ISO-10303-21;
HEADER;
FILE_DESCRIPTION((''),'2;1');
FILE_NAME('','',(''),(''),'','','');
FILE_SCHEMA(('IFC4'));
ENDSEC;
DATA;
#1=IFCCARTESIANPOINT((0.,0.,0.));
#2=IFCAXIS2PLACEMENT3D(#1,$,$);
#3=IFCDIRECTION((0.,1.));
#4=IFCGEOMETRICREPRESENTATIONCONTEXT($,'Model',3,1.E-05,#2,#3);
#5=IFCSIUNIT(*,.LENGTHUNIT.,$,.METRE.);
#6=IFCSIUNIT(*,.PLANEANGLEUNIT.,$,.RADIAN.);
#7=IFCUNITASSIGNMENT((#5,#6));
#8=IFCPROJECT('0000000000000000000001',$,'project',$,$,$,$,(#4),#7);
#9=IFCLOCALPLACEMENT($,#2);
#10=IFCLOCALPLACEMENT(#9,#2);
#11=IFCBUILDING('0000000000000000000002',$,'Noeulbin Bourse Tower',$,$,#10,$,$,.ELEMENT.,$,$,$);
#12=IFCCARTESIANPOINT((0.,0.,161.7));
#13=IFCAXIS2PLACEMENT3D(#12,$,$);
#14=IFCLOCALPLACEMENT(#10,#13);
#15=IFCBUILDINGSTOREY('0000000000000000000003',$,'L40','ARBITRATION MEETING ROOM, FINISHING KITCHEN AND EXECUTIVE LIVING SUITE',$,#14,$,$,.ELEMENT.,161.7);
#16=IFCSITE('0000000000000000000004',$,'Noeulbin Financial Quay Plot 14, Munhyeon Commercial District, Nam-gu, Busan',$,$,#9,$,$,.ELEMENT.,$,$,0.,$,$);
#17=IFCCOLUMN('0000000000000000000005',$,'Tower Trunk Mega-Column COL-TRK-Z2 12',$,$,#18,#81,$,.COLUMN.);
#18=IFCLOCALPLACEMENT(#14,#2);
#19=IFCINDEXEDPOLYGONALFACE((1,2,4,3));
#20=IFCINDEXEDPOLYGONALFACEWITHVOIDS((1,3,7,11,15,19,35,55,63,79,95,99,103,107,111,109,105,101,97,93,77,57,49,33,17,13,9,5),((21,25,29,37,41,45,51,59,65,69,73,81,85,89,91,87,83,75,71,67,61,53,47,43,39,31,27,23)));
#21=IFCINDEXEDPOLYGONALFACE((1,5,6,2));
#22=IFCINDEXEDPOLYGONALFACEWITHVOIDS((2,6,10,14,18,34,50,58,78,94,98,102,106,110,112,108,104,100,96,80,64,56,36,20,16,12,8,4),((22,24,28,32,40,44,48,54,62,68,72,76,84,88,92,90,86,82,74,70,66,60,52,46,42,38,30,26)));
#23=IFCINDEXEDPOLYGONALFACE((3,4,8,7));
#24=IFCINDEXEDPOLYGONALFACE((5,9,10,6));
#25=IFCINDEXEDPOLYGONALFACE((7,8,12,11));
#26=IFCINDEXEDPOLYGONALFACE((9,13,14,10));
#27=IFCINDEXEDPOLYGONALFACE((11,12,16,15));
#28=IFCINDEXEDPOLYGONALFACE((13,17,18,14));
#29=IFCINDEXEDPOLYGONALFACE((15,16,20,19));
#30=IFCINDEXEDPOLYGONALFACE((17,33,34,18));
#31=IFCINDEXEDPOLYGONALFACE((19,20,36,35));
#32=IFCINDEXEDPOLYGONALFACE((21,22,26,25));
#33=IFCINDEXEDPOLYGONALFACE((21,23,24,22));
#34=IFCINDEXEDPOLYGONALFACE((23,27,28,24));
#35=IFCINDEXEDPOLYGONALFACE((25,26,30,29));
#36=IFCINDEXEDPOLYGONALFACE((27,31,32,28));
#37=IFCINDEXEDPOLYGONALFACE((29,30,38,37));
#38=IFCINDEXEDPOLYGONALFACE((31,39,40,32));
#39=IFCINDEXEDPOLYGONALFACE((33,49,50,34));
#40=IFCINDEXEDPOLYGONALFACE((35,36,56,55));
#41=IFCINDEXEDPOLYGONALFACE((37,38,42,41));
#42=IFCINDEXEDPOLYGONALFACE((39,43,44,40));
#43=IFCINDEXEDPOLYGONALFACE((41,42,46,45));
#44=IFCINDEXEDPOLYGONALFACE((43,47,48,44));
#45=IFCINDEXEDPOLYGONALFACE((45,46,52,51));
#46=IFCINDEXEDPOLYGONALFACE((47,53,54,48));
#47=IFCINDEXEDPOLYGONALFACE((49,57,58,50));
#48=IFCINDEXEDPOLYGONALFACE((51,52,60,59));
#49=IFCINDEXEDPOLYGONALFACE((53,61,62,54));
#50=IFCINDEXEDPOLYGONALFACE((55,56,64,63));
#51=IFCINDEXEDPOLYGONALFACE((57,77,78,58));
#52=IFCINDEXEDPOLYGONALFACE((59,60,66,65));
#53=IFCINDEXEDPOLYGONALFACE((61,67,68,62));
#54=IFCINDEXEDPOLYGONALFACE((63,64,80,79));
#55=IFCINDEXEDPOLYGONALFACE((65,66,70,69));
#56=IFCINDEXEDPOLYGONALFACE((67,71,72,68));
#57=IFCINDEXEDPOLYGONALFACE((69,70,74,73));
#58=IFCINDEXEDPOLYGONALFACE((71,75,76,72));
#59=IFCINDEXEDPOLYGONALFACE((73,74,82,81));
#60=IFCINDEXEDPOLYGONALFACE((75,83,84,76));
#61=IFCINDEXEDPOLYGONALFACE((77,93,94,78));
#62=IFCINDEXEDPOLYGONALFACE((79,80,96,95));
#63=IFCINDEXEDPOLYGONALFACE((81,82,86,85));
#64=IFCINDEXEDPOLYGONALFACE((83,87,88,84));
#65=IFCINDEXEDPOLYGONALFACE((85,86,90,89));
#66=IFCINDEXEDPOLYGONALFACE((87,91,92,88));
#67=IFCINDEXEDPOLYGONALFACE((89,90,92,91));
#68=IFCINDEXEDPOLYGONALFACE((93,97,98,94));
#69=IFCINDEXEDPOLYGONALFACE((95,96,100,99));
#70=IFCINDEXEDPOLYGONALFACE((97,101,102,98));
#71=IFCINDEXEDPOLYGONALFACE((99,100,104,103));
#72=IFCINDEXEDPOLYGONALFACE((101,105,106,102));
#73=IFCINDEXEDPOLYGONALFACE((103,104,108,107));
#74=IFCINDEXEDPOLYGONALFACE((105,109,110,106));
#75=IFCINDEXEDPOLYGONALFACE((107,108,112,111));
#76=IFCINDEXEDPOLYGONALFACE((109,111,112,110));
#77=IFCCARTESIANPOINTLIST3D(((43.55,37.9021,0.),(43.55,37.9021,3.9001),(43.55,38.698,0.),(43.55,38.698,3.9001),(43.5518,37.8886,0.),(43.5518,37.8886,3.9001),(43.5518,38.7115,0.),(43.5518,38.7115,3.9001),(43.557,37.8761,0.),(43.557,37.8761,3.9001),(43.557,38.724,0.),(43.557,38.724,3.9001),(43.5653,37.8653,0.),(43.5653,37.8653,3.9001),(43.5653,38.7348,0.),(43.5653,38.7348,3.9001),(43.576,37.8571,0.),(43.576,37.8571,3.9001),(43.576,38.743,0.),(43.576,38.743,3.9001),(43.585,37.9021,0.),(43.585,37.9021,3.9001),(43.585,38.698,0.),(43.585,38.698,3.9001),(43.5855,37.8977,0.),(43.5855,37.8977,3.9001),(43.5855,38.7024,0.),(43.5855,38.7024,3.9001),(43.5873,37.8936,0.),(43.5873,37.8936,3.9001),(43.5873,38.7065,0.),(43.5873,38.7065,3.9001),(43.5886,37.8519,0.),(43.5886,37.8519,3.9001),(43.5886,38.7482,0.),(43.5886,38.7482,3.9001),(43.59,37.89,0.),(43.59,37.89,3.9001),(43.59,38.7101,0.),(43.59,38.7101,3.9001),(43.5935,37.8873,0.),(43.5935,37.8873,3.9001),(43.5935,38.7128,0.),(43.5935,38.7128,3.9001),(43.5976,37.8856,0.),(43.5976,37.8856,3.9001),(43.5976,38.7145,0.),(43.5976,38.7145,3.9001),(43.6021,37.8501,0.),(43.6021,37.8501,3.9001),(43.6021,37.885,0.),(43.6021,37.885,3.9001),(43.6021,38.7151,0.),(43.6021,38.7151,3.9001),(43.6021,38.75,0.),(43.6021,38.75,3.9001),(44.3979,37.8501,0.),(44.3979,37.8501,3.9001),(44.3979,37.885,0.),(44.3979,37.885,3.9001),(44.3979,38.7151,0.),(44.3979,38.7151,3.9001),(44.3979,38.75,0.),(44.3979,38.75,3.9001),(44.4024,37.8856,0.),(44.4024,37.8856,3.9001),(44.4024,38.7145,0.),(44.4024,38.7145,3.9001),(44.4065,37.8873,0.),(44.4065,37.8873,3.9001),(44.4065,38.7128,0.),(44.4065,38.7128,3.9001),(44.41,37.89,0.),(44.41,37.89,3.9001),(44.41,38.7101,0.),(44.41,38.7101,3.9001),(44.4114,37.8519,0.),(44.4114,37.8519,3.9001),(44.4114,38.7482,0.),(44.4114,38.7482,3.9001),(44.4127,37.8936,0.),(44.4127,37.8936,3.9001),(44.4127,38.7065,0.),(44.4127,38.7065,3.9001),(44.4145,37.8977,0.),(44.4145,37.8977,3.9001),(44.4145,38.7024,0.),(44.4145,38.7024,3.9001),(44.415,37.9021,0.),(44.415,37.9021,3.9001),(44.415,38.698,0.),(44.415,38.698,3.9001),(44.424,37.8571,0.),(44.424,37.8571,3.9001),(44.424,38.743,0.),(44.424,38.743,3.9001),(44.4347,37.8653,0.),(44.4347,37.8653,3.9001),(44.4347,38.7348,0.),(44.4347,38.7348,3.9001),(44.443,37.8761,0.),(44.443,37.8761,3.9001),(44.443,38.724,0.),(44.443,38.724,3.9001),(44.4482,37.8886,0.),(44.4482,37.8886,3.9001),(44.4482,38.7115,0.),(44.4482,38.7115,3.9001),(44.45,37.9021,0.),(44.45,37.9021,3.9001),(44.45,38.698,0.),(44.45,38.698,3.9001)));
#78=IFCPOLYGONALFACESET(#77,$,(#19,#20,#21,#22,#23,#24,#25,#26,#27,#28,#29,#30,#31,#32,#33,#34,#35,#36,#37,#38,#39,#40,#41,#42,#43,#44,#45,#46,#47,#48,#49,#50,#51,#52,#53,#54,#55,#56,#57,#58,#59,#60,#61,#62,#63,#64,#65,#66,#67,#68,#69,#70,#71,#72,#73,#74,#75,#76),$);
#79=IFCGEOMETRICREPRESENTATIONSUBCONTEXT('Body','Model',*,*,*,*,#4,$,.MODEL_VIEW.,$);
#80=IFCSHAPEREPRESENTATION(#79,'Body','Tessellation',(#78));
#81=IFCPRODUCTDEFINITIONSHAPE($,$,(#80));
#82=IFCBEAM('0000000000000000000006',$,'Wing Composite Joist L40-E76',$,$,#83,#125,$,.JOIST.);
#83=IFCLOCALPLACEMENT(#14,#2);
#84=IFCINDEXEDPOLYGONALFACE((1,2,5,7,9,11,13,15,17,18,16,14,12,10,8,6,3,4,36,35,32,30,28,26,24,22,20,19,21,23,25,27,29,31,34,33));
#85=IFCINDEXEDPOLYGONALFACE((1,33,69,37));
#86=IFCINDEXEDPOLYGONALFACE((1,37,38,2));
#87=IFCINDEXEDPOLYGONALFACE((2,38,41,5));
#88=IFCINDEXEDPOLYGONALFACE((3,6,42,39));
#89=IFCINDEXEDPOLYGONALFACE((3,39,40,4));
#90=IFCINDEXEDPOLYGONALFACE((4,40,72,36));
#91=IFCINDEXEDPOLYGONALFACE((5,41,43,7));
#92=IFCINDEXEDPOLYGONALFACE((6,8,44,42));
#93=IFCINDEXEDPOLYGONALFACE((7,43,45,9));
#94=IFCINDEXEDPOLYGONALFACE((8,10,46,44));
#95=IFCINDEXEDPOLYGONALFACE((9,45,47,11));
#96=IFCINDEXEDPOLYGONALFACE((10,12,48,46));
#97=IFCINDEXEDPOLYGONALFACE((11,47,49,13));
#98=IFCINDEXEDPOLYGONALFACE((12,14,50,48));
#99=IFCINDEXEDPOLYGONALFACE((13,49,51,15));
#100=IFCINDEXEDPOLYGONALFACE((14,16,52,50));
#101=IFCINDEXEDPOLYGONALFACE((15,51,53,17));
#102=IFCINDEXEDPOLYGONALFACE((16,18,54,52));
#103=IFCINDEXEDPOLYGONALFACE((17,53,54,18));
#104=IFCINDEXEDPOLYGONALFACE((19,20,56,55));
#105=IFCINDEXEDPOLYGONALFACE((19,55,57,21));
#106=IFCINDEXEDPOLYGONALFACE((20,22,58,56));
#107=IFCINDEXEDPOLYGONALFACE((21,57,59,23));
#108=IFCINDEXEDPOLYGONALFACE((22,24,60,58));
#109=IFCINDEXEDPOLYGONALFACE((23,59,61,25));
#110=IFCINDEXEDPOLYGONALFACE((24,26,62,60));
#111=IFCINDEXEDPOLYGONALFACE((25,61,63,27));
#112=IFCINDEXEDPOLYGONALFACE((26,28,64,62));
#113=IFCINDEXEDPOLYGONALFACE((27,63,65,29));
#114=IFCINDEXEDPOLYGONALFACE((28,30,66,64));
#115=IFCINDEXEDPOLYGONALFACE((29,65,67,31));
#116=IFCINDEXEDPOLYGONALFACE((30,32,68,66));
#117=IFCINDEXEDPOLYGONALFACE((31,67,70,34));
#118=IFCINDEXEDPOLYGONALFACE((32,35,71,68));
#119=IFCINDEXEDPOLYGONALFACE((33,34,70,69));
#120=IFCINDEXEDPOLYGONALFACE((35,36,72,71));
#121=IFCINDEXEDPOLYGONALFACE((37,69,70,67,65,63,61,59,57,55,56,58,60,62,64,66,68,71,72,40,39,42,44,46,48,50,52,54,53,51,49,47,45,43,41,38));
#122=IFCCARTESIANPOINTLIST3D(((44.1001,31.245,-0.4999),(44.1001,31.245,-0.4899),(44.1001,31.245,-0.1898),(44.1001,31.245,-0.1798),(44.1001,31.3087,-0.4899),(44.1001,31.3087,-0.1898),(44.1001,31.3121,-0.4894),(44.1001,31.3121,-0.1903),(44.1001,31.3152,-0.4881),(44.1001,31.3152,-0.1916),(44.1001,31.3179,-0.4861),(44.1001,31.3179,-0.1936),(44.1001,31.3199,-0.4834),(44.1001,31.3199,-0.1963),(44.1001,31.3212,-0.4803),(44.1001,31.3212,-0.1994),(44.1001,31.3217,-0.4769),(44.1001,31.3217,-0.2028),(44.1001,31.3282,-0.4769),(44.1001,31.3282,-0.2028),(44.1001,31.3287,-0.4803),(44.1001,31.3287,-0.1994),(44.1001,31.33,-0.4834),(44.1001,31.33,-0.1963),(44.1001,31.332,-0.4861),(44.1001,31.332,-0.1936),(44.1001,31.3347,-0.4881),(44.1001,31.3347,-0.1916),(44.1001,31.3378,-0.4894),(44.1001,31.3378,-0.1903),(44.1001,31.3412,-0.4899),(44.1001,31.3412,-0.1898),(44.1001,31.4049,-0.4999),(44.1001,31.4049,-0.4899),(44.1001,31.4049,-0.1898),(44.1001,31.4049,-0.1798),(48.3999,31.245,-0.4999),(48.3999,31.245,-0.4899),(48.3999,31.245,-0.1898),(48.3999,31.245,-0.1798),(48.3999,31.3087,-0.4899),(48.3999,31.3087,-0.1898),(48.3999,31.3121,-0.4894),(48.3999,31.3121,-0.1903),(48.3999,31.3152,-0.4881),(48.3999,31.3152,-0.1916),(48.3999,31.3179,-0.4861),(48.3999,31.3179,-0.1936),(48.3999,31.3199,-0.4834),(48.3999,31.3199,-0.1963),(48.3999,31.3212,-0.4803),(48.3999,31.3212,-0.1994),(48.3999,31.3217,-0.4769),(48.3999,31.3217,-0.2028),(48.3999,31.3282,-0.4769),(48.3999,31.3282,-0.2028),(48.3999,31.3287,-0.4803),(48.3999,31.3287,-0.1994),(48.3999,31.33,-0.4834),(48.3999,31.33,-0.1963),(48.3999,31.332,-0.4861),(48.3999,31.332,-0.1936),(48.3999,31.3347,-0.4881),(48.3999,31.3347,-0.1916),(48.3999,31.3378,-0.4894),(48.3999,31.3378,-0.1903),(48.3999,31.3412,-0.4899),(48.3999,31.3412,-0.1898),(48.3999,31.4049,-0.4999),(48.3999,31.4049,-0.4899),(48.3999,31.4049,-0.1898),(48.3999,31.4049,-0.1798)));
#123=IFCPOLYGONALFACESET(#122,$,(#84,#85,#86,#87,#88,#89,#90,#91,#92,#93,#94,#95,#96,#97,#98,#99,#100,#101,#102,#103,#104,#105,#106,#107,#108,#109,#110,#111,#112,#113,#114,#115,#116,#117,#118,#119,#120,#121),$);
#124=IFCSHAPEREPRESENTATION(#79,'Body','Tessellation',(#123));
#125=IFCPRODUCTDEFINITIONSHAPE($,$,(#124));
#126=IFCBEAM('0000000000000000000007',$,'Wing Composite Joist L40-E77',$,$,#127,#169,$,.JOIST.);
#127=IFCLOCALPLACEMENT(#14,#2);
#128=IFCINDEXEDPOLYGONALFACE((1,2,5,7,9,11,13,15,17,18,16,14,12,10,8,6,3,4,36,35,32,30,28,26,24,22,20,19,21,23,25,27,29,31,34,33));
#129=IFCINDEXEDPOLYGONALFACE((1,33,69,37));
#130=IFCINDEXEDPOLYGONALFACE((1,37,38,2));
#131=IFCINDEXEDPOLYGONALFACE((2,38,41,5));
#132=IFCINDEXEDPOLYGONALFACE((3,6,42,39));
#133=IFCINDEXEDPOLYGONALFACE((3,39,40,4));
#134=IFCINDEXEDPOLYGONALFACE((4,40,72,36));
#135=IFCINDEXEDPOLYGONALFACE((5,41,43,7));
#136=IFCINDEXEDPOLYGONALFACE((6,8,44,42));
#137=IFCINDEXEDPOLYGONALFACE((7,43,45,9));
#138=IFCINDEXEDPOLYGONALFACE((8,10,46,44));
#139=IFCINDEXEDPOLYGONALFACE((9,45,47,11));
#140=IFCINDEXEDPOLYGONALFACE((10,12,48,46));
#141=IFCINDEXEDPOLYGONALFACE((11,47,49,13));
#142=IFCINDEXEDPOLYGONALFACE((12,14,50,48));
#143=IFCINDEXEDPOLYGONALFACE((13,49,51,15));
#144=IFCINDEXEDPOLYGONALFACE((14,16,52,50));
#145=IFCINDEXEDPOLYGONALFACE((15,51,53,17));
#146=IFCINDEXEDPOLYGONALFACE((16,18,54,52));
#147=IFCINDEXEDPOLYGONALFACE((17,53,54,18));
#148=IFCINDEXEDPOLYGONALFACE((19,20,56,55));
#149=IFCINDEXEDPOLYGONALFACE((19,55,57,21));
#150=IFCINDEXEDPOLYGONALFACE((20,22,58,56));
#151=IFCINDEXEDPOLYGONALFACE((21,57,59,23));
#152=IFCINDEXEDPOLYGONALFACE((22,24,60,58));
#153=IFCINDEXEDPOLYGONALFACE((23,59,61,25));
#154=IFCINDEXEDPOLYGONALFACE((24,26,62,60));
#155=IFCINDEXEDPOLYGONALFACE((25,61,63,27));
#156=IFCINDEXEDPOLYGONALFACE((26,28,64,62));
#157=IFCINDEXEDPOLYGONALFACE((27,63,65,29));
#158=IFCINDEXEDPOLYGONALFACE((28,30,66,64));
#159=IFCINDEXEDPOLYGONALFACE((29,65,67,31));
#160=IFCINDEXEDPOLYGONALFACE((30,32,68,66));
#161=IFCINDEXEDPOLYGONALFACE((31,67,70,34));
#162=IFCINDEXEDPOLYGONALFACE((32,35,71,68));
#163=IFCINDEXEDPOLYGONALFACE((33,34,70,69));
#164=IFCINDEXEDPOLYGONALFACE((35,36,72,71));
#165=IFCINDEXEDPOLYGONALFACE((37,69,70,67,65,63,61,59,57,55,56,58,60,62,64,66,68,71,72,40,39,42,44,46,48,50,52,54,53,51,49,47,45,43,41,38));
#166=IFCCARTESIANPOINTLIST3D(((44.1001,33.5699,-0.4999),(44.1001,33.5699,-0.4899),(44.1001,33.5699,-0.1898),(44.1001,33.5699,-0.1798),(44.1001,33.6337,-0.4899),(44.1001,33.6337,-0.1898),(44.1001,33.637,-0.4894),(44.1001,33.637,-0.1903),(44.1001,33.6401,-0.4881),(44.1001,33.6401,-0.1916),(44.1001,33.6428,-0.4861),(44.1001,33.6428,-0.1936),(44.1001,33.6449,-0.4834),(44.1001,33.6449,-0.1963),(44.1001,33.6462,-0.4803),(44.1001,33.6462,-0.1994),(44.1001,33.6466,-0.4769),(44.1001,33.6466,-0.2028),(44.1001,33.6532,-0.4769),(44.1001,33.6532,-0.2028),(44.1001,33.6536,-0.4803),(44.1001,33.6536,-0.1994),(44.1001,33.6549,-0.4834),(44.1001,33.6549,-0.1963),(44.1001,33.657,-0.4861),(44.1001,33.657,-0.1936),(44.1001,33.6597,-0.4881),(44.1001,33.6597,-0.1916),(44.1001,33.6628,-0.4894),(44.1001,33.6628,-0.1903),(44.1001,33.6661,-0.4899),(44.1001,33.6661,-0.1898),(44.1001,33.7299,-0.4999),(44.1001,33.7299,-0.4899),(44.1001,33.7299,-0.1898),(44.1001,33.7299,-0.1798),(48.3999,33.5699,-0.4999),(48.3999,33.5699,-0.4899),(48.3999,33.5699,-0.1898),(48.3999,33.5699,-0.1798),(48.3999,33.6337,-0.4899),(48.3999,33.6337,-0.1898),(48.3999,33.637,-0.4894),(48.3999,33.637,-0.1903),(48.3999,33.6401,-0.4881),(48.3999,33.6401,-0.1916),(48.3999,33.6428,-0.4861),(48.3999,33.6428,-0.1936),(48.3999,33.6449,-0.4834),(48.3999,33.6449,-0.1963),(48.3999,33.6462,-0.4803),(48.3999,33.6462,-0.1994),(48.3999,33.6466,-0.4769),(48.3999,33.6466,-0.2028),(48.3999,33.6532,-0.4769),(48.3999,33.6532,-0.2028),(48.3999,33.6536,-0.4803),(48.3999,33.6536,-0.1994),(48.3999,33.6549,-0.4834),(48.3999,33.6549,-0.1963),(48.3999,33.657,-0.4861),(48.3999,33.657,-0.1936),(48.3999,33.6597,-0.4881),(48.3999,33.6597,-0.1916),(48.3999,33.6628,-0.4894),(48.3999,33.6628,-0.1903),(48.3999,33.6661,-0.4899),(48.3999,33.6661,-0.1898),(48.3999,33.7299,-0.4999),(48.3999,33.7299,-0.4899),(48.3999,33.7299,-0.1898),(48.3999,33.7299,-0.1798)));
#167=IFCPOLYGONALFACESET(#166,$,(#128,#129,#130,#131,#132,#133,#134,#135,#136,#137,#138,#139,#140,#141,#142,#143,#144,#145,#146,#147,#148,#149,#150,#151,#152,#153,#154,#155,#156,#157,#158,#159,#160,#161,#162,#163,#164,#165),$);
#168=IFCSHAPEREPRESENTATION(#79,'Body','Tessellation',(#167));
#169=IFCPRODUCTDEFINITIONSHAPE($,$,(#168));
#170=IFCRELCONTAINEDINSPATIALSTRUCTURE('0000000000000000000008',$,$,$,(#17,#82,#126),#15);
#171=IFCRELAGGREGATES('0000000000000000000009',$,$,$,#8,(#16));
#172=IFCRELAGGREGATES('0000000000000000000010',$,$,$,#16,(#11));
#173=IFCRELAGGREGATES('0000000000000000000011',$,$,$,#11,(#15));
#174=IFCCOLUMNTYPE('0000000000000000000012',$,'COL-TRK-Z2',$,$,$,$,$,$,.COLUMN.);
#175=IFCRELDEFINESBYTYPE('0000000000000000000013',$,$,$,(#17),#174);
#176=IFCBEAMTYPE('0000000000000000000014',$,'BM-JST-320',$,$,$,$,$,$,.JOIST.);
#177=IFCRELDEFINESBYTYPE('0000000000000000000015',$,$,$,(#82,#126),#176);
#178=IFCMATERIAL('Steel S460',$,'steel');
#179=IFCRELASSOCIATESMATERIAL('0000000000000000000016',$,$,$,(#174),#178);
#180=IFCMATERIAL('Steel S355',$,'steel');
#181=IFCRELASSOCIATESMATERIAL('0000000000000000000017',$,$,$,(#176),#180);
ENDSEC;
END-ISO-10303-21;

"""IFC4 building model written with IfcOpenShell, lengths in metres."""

from ifc_helpers import new_model, si_unit, direction, frame, origin, origin_2d, place, context, subcontext, project, spatial, hollow_rectangle, i_section, extrude, material, material_profile, profile_set, type_object, element, save


model = new_model("IFC4")

# Units and contexts
model_context = context("Model", 3, precision=1e-05, world=origin(), true_north=direction((0.0, 1.0)))
body_context = subcontext(model_context, "Body", "Model", "MODEL_VIEW")
ifc_project = project(units=[si_unit("LENGTHUNIT", "METRE"), si_unit("PLANEANGLEUNIT", "RADIAN")], contexts=[model_context])

# Site, building, storey
site_placement = place(None, origin())
site = spatial("IfcSite", under=ifc_project, at=site_placement, Name="Noeulbin Financial Quay Plot 14, Munhyeon Commercial District, Nam-gu, Busan", CompositionType="ELEMENT", RefElevation=0.0)
building_placement = place(site_placement, origin())
building = spatial("IfcBuilding", under=site, at=building_placement, Name="Noeulbin Bourse Tower", CompositionType="ELEMENT")
storey_placement = place(building_placement, frame((0.0, 0.0, 161.7)))
storey = spatial("IfcBuildingStorey", under=building, at=storey_placement, Name="L40", Description="ARBITRATION MEETING ROOM, FINISHING KITCHEN AND EXECUTIVE LIVING SUITE", CompositionType="ELEMENT", Elevation=161.7)

# Column
ifc_material_1 = material(Name="Steel S460", Category="steel")
ifc_material_profile_1 = material_profile(ifc_material_1, hollow_rectangle(XDim=0.8999, YDim=0.8999, WallThickness=0.0349, InnerFilletRadius=0.0171, OuterFilletRadius=0.052, at=origin_2d()), Name="BOX-900x900x35", Category="LoadBearing")
ifc_profile_set_1 = profile_set([ifc_material_profile_1], Name="Steel S460")
column_type = type_object("IfcColumnType", Name="COL-TRK-Z2", PredefinedType="COLUMN", material=ifc_profile_set_1)
column_placement = place(storey_placement, frame((44.0, 38.3, 0.0), z_axis=(0.0, 0.0, 1.0), x_axis=(1.0, 0.0, 0.0)))
element("IfcColumn", 1, at=column_placement, inside=storey, type_object=column_type, Name="Tower Trunk Mega-Column COL-TRK-Z2 12", PredefinedType="COLUMN", context=body_context, shape_type="SweptSolid", body=[
    extrude(hollow_rectangle(XDim=0.8999, YDim=0.8999, WallThickness=0.0349, InnerFilletRadius=0.0171, OuterFilletRadius=0.052, at=origin_2d()), origin(), (0.0, 0.0, 1.0), 3.9001),
])

# Beams
ifc_material_2 = material(Name="Steel S355", Category="steel")
ifc_material_profile_2 = material_profile(ifc_material_2, i_section(OverallWidth=0.1599, OverallDepth=0.3201, WebThickness=0.0066, FlangeThickness=0.01, FilletRadius=0.0129, at=origin_2d()), Name="H-320x160x6.5x10", Category="LoadBearing")
ifc_profile_set_2 = profile_set([ifc_material_profile_2], Name="Steel S355")
beam_type_1 = type_object("IfcBeamType", Name="BM-JST-320", PredefinedType="JOIST", material=ifc_profile_set_2)
for number, where, z_axis, x_axis, name in (
    (2, (44.1001, 31.325, -0.3398), (1.0, 0.0, 0.0), (0.0, 1.0, 0.0), "Wing Composite Joist L40-E76"),
    (3, (44.1001, 33.6499, -0.3398), (1.0, 0.0, 0.0), (0.0, 1.0, 0.0), "Wing Composite Joist L40-E77"),
):
    element("IfcBeam", number, at=place(storey_placement, frame(where, z_axis=z_axis, x_axis=x_axis)), inside=storey, type_object=beam_type_1, Name=name, PredefinedType="JOIST", context=body_context, shape_type="SweptSolid", body=[
        extrude(i_section(OverallWidth=0.1599, OverallDepth=0.3201, WebThickness=0.0066, FlangeThickness=0.01, FilletRadius=0.0129, at=origin_2d()), origin(), (0.0, 0.0, 1.0), 4.2998),
    ])

save(model, "model.ifc")
